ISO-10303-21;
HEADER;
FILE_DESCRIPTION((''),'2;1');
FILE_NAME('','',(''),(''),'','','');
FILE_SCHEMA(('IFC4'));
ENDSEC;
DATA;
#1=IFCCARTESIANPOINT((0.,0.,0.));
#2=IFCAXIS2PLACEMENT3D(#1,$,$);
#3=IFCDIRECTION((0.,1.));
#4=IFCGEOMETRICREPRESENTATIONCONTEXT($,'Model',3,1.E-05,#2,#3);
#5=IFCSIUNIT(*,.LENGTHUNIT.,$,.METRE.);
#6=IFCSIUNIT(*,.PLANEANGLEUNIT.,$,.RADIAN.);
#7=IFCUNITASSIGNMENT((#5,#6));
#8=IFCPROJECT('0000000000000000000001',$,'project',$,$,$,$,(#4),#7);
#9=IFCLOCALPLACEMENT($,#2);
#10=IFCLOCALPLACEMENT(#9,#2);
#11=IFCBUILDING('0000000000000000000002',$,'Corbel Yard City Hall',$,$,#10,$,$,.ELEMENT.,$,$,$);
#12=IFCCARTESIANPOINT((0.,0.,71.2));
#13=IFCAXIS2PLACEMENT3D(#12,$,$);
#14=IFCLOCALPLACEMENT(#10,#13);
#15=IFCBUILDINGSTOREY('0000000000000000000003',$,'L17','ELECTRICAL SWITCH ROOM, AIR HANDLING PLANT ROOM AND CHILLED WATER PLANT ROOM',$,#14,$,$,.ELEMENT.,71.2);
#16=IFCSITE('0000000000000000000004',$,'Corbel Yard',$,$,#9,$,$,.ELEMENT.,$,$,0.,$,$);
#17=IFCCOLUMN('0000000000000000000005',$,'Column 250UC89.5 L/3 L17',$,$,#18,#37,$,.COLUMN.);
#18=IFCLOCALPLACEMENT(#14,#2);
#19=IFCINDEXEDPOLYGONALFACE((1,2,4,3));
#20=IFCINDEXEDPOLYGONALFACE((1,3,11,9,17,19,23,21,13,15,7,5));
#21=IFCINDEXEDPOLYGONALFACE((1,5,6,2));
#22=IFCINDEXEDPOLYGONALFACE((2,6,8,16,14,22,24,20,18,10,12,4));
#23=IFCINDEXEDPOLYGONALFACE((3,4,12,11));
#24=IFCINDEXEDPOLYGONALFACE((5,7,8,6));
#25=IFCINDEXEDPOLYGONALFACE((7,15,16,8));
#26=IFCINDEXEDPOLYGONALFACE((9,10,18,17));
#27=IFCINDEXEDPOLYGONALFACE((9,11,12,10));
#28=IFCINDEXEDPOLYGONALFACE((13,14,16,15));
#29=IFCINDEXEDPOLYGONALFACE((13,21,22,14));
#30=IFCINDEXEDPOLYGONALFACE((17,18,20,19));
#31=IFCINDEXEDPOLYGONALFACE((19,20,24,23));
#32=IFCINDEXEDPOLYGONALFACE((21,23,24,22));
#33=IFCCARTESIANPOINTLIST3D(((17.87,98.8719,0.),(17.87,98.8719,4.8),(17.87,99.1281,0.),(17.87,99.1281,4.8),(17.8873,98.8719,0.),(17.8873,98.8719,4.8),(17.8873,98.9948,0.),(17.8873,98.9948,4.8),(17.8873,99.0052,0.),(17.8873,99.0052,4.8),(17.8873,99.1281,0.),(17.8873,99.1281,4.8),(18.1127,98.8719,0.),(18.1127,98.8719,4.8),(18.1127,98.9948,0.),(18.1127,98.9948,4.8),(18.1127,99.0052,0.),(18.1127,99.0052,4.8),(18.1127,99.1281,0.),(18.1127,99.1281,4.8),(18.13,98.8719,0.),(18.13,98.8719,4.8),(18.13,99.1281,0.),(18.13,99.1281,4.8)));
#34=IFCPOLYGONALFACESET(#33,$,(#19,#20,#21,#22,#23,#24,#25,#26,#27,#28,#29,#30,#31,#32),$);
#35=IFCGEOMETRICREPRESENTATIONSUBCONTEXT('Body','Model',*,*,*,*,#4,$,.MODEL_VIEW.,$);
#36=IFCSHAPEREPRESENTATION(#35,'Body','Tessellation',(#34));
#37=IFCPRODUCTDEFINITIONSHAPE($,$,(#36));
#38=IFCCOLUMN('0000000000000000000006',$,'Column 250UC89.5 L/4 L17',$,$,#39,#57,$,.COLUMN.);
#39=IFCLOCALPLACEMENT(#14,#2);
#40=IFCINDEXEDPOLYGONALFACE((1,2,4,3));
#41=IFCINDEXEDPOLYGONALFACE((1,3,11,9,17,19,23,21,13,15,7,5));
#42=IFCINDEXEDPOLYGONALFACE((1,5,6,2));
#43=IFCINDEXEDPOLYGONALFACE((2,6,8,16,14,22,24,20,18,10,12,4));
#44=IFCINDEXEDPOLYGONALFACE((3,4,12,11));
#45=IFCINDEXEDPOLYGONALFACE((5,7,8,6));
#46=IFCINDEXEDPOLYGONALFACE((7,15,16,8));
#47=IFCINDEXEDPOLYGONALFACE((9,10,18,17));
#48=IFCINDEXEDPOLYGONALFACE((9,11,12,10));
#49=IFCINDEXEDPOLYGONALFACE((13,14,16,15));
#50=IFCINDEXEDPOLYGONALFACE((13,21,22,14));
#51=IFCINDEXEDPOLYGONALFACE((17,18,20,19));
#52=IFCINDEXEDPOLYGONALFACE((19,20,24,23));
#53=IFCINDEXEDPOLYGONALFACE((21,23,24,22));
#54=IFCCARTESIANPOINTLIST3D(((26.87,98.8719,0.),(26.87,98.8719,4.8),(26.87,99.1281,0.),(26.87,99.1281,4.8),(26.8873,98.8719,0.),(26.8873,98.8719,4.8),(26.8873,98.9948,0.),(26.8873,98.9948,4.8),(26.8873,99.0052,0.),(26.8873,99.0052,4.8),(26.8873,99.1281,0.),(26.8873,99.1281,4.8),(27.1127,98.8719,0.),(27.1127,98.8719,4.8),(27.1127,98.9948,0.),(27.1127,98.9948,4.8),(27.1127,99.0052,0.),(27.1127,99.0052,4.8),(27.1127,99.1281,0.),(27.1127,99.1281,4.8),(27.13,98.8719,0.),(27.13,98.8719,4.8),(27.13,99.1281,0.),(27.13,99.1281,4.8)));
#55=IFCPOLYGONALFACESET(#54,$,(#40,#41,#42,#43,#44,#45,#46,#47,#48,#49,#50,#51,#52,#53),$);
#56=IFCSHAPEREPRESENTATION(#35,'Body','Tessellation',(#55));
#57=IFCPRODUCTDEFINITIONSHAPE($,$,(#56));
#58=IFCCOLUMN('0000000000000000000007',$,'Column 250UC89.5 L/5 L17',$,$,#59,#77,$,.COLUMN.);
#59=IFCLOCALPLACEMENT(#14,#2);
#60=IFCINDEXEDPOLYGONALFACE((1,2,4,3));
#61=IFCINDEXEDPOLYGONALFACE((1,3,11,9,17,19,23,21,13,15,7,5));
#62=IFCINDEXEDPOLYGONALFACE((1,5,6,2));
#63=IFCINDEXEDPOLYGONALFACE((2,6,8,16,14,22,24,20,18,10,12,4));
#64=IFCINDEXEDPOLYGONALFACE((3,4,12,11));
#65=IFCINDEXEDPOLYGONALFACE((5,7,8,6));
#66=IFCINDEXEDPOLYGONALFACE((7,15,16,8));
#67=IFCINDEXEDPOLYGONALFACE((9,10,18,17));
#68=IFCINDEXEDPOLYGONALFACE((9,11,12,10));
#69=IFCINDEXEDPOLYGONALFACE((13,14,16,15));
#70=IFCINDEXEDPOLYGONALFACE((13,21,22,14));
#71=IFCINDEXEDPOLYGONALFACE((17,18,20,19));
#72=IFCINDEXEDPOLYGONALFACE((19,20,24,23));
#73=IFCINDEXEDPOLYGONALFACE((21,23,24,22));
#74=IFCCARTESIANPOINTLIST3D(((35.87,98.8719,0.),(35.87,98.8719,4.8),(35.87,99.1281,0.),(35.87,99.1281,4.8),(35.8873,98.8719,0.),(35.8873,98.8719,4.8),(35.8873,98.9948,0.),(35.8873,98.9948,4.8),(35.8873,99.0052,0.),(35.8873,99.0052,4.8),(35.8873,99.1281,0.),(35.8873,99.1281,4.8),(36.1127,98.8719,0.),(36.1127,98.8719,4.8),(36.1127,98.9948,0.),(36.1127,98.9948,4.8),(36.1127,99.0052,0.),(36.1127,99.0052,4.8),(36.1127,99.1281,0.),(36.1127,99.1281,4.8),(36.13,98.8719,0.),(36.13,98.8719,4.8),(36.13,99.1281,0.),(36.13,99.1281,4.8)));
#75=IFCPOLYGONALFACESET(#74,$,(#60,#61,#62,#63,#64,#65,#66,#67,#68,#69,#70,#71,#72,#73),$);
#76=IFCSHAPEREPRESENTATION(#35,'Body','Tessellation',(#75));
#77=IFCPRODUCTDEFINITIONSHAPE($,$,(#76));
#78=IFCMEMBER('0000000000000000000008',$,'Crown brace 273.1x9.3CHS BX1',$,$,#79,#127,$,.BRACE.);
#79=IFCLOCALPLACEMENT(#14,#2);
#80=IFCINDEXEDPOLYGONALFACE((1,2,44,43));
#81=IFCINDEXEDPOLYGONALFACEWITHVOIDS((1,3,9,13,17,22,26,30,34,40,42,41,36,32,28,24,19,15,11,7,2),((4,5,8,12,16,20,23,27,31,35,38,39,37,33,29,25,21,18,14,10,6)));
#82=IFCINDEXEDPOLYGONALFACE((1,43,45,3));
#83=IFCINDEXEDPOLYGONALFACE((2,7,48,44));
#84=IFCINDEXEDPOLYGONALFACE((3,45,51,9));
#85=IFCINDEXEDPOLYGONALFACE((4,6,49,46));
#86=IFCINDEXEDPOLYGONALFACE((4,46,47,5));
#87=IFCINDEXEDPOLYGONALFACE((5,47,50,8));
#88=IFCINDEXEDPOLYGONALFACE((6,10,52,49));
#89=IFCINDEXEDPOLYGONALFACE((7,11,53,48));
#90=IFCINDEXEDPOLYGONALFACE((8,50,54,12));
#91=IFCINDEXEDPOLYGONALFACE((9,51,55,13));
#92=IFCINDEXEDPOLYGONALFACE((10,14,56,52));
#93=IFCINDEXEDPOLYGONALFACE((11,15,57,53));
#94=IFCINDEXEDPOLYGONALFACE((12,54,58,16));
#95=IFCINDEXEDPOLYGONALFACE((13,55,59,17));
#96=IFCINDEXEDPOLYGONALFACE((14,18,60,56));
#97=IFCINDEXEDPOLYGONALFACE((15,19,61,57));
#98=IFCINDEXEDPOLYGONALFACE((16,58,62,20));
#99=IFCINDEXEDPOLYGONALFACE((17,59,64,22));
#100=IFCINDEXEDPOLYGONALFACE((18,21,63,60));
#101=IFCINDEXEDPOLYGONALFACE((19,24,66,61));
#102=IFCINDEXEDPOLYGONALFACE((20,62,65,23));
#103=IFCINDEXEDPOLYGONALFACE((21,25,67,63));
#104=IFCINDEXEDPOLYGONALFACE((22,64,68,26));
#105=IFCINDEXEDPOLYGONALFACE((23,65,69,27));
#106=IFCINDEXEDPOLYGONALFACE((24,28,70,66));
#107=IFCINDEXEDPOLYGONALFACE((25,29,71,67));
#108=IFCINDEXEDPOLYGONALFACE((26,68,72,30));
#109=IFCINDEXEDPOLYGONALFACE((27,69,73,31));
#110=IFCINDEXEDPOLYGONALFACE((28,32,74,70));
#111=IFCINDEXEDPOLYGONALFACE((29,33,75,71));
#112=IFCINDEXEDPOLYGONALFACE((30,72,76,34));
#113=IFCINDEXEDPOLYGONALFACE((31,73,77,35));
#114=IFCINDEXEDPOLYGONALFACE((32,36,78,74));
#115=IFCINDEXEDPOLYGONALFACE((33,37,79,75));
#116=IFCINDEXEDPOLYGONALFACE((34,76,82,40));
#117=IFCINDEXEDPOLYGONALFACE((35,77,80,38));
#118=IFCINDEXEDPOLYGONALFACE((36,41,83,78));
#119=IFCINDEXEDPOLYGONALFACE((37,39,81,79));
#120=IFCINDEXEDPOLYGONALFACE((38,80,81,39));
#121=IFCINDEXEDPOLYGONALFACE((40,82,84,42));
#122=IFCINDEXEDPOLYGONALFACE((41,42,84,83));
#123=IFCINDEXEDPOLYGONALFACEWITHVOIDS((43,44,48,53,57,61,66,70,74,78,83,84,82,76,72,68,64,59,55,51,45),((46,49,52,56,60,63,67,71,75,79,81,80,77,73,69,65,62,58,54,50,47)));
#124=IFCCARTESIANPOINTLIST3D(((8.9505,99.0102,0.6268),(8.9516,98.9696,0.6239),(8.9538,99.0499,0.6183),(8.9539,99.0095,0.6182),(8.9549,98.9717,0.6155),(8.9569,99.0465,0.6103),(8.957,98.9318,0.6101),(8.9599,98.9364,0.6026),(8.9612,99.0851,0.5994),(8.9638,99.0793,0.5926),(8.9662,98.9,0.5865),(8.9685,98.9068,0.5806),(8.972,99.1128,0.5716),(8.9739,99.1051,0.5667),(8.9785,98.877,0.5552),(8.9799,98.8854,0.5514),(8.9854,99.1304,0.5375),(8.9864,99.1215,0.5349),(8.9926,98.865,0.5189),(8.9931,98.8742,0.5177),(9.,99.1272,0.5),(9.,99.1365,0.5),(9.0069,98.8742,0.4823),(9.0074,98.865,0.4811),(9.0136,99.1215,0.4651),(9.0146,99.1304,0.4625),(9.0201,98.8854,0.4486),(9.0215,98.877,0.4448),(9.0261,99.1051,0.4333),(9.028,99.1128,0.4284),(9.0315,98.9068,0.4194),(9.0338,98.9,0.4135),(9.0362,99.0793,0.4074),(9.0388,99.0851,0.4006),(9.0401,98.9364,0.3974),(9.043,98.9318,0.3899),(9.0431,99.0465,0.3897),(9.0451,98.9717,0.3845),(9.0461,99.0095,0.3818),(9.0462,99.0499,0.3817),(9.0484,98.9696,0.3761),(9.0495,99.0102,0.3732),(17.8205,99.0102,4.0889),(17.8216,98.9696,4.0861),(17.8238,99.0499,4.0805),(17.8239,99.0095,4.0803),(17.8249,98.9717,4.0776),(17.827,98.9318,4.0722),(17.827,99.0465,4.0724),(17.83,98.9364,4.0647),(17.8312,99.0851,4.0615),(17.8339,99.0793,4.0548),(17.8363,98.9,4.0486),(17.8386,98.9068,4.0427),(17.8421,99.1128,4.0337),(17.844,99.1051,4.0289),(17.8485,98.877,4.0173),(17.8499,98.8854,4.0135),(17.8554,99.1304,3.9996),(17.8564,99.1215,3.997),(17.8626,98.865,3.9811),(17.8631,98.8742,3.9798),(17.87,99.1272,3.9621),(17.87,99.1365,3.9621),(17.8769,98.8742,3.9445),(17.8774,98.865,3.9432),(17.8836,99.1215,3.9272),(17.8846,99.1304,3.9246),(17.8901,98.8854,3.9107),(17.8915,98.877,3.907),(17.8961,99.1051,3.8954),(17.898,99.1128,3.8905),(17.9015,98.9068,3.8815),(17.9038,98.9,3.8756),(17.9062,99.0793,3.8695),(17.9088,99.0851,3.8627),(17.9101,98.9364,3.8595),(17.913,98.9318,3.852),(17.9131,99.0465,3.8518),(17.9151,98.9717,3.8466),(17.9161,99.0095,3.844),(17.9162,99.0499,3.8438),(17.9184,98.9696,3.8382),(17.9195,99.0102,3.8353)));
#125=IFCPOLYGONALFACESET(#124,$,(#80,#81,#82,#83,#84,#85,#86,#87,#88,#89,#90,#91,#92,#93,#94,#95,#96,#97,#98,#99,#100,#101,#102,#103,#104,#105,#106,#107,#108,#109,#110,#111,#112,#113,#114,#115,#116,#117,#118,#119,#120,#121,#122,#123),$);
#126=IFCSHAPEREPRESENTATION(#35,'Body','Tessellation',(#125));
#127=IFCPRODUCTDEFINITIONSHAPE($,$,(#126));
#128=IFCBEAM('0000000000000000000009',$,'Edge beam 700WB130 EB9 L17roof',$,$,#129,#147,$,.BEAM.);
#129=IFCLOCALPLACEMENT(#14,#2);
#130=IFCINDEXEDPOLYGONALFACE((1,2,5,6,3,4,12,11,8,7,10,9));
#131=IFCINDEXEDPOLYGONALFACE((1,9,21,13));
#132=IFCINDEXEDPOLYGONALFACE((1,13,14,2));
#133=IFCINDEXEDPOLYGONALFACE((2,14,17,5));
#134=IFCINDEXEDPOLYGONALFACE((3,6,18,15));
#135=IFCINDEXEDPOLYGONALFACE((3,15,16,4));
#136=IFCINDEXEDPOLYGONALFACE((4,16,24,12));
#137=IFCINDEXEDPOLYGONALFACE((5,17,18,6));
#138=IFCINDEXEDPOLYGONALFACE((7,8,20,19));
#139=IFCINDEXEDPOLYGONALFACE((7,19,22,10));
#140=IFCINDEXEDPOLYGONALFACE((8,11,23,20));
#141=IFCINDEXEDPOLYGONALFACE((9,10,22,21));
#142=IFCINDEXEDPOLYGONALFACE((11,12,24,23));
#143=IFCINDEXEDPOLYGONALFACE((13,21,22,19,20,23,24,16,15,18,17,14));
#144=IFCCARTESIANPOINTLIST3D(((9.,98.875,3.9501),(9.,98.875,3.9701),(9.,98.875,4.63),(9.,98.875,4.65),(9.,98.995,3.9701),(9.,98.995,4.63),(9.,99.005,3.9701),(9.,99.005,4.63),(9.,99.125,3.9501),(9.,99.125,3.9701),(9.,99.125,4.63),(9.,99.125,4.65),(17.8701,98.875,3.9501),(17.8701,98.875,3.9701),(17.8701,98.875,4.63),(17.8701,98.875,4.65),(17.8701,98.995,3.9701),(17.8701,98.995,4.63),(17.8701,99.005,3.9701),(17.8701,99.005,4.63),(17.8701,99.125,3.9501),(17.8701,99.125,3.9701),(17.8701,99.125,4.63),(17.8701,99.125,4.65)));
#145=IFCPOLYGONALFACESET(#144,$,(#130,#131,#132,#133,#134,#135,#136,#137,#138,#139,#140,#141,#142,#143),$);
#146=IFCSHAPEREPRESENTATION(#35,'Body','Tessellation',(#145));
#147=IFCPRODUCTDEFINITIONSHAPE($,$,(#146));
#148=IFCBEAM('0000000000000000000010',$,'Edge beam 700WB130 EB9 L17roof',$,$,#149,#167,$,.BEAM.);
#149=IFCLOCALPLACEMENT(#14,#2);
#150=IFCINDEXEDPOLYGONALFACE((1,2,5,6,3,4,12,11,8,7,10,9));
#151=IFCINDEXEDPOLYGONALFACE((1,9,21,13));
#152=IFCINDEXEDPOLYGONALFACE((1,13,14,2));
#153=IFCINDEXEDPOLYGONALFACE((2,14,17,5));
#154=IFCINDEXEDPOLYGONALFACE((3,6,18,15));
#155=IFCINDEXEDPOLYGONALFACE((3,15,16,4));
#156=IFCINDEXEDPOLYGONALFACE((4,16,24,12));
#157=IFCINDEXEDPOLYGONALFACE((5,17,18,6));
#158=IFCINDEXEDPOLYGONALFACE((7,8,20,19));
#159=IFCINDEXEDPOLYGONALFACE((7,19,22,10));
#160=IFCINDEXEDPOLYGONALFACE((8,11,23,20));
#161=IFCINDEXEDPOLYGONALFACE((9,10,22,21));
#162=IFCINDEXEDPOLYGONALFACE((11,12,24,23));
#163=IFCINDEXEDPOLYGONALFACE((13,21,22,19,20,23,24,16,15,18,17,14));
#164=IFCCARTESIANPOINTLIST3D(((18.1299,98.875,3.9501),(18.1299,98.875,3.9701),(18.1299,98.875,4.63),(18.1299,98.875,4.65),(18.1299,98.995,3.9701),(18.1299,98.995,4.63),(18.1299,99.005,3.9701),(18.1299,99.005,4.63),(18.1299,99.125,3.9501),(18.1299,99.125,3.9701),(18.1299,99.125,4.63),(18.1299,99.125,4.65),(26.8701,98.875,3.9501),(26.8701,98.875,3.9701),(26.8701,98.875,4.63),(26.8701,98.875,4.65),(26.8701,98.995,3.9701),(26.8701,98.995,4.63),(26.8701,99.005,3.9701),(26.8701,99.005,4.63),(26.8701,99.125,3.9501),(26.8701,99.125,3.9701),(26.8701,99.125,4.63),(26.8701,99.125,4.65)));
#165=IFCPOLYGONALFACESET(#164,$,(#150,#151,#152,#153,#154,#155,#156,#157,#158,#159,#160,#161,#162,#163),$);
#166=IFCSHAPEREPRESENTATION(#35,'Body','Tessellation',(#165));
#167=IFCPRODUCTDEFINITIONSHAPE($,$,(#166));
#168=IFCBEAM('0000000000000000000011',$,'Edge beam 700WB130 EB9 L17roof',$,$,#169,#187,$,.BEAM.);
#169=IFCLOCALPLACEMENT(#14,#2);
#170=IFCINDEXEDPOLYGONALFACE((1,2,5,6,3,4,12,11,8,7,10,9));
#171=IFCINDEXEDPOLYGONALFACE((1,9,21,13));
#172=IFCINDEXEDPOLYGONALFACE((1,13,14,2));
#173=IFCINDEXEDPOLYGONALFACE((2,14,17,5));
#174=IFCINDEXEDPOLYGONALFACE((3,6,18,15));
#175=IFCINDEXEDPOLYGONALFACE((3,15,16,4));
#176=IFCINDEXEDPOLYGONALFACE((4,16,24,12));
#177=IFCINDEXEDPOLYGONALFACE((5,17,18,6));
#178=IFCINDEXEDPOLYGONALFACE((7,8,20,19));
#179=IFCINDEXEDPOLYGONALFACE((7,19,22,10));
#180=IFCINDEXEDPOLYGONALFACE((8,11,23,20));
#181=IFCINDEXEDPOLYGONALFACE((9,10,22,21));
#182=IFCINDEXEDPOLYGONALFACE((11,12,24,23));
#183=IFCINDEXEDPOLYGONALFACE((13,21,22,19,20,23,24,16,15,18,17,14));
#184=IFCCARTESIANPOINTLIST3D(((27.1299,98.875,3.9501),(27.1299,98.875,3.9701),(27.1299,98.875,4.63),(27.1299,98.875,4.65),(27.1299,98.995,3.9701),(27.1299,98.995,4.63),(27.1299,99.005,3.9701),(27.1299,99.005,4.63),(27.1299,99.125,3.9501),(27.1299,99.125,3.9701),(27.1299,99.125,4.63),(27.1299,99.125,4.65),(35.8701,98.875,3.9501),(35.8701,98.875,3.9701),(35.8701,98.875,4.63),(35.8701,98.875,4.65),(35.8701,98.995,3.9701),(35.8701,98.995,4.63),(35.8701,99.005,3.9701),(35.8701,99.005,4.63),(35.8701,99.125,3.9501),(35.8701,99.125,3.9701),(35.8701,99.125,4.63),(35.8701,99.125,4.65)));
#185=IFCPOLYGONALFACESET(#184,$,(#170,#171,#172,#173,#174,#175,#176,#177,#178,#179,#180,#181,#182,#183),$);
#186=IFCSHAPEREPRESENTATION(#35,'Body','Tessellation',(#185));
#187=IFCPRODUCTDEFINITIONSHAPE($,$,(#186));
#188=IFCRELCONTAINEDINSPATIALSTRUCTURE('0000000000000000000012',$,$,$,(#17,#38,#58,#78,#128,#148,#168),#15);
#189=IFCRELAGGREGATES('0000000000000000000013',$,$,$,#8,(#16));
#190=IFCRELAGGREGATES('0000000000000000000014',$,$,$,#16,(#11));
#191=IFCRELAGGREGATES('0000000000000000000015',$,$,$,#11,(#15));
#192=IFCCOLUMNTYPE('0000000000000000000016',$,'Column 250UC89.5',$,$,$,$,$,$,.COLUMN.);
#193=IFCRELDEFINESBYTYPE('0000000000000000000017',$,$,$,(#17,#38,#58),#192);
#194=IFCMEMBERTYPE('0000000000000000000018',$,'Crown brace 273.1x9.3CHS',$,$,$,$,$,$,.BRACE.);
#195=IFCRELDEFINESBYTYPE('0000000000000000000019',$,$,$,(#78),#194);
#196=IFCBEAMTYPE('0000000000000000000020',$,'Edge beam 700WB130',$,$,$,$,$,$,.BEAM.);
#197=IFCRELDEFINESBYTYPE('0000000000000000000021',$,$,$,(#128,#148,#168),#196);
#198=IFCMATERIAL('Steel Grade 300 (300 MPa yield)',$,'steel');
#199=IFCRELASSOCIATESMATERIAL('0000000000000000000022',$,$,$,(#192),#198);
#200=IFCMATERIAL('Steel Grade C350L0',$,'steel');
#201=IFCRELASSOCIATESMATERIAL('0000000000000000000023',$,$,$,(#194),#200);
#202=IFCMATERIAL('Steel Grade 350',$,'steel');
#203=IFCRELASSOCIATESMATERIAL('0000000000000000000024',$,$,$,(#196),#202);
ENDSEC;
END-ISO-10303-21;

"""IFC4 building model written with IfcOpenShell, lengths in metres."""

from ifc_helpers import new_model, si_unit, direction, frame, origin, origin_2d, place, context, subcontext, project, spatial, hollow_circle, i_section, extrude, material, material_profile, profile_set, type_object, element, save


model = new_model("IFC4")

# Units and contexts
model_context = context("Model", 3, precision=1e-05, world=origin(), true_north=direction((0.0, 1.0)))
body_context = subcontext(model_context, "Body", "Model", "MODEL_VIEW")
ifc_project = project(units=[si_unit("LENGTHUNIT", "METRE"), si_unit("PLANEANGLEUNIT", "RADIAN")], contexts=[model_context])

# Site, building, storey
site_placement = place(None, origin())
site = spatial("IfcSite", under=ifc_project, at=site_placement, Name="Corbel Yard", CompositionType="ELEMENT", RefElevation=0.0)
building_placement = place(site_placement, origin())
building = spatial("IfcBuilding", under=site, at=building_placement, Name="Corbel Yard City Hall", CompositionType="ELEMENT")
storey_placement = place(building_placement, frame((0.0, 0.0, 71.2)))
storey = spatial("IfcBuildingStorey", under=building, at=storey_placement, Name="L17", Description="ELECTRICAL SWITCH ROOM, AIR HANDLING PLANT ROOM AND CHILLED WATER PLANT ROOM", CompositionType="ELEMENT", Elevation=71.2)

# Columns
ifc_material_1 = material(Name="Steel Grade 300 (300 MPa yield)", Category="steel")
ifc_material_profile_1 = material_profile(ifc_material_1, i_section(OverallWidth=0.2561, OverallDepth=0.26, WebThickness=0.0105, FlangeThickness=0.0173, at=origin_2d()), Name="250UC89.5")
ifc_profile_set_1 = profile_set([ifc_material_profile_1], Name="Steel Grade 300 (300 MPa yield)")
column_type = type_object("IfcColumnType", Name="Column 250UC89.5", PredefinedType="COLUMN", material=ifc_profile_set_1)
for number, where, z_axis, x_axis, name in (
    (1, (18.0, 99.0, 0.0), (0.0, 0.0, 1.0), (0.0, 1.0, 0.0), "Column 250UC89.5 L/3 L17"),
    (2, (27.0, 99.0, 0.0), (0.0, 0.0, 1.0), (0.0, 1.0, 0.0), "Column 250UC89.5 L/4 L17"),
    (3, (36.0, 99.0, 0.0), (0.0, 0.0, 1.0), (0.0, 1.0, 0.0), "Column 250UC89.5 L/5 L17"),
):
    element("IfcColumn", number, at=place(storey_placement, frame(where, z_axis=z_axis, x_axis=x_axis)), inside=storey, type_object=column_type, Name=name, PredefinedType="COLUMN", context=body_context, shape_type="SweptSolid", body=[
        extrude(i_section(OverallWidth=0.2561, OverallDepth=0.26, WebThickness=0.0105, FlangeThickness=0.0173, at=origin_2d()), origin(), (0.0, 0.0, 1.0), 4.8),
    ])

# Member
ifc_material_2 = material(Name="Steel Grade C350L0", Category="steel")
ifc_material_profile_2 = material_profile(ifc_material_2, hollow_circle(Radius=0.1365, WallThickness=0.0093, at=origin_2d()), Name="273.1x9.3CHS")
ifc_profile_set_2 = profile_set([ifc_material_profile_2], Name="Steel Grade C350L0")
member_type = type_object("IfcMemberType", Name="Crown brace 273.1x9.3CHS", PredefinedType="BRACE", material=ifc_profile_set_2)
member_placement = place(storey_placement, frame((9.0, 99.0, 0.5), z_axis=(0.931555, 0.0, 0.363602), x_axis=(0.0, 1.0, 0.0)))
element("IfcMember", 4, at=member_placement, inside=storey, type_object=member_type, Name="Crown brace 273.1x9.3CHS BX1", PredefinedType="BRACE", context=body_context, shape_type="SweptSolid", body=[
    extrude(hollow_circle(Radius=0.1365, WallThickness=0.0093, at=origin_2d()), origin(), (0.0, 0.0, 1.0), 9.5217),
])

# Beams
ifc_material_3 = material(Name="Steel Grade 350", Category="steel")
ifc_material_profile_3 = material_profile(ifc_material_3, i_section(OverallWidth=0.25, OverallDepth=0.7, WebThickness=0.01, FlangeThickness=0.02, at=origin_2d()), Name="700WB130")
ifc_profile_set_3 = profile_set([ifc_material_profile_3], Name="Steel Grade 350")
beam_type_1 = type_object("IfcBeamType", Name="Edge beam 700WB130", PredefinedType="BEAM", material=ifc_profile_set_3)
beam_1_placement = place(storey_placement, frame((9.0, 99.0, 4.3), z_axis=(1.0, 0.0, 0.0), x_axis=(0.0, 1.0, 0.0)))
element("IfcBeam", 5, at=beam_1_placement, inside=storey, type_object=beam_type_1, Name="Edge beam 700WB130 EB9 L17roof", PredefinedType="BEAM", context=body_context, shape_type="SweptSolid", body=[
    extrude(i_section(OverallWidth=0.25, OverallDepth=0.7, WebThickness=0.01, FlangeThickness=0.02, at=origin_2d()), origin(), (0.0, 0.0, 1.0), 8.8701),
])
for number, where, z_axis, x_axis, name in (
    (6, (18.1299, 99.0, 4.3), (1.0, 0.0, 0.0), (0.0, 1.0, 0.0), "Edge beam 700WB130 EB9 L17roof"),
    (7, (27.1299, 99.0, 4.3), (1.0, 0.0, 0.0), (0.0, 1.0, 0.0), "Edge beam 700WB130 EB9 L17roof"),
):
    element("IfcBeam", number, at=place(storey_placement, frame(where, z_axis=z_axis, x_axis=x_axis)), inside=storey, type_object=beam_type_1, Name=name, PredefinedType="BEAM", context=body_context, shape_type="SweptSolid", body=[
        extrude(i_section(OverallWidth=0.25, OverallDepth=0.7, WebThickness=0.01, FlangeThickness=0.02, at=origin_2d()), origin(), (0.0, 0.0, 1.0), 8.7402),
    ])

save(model, "model.ifc")
